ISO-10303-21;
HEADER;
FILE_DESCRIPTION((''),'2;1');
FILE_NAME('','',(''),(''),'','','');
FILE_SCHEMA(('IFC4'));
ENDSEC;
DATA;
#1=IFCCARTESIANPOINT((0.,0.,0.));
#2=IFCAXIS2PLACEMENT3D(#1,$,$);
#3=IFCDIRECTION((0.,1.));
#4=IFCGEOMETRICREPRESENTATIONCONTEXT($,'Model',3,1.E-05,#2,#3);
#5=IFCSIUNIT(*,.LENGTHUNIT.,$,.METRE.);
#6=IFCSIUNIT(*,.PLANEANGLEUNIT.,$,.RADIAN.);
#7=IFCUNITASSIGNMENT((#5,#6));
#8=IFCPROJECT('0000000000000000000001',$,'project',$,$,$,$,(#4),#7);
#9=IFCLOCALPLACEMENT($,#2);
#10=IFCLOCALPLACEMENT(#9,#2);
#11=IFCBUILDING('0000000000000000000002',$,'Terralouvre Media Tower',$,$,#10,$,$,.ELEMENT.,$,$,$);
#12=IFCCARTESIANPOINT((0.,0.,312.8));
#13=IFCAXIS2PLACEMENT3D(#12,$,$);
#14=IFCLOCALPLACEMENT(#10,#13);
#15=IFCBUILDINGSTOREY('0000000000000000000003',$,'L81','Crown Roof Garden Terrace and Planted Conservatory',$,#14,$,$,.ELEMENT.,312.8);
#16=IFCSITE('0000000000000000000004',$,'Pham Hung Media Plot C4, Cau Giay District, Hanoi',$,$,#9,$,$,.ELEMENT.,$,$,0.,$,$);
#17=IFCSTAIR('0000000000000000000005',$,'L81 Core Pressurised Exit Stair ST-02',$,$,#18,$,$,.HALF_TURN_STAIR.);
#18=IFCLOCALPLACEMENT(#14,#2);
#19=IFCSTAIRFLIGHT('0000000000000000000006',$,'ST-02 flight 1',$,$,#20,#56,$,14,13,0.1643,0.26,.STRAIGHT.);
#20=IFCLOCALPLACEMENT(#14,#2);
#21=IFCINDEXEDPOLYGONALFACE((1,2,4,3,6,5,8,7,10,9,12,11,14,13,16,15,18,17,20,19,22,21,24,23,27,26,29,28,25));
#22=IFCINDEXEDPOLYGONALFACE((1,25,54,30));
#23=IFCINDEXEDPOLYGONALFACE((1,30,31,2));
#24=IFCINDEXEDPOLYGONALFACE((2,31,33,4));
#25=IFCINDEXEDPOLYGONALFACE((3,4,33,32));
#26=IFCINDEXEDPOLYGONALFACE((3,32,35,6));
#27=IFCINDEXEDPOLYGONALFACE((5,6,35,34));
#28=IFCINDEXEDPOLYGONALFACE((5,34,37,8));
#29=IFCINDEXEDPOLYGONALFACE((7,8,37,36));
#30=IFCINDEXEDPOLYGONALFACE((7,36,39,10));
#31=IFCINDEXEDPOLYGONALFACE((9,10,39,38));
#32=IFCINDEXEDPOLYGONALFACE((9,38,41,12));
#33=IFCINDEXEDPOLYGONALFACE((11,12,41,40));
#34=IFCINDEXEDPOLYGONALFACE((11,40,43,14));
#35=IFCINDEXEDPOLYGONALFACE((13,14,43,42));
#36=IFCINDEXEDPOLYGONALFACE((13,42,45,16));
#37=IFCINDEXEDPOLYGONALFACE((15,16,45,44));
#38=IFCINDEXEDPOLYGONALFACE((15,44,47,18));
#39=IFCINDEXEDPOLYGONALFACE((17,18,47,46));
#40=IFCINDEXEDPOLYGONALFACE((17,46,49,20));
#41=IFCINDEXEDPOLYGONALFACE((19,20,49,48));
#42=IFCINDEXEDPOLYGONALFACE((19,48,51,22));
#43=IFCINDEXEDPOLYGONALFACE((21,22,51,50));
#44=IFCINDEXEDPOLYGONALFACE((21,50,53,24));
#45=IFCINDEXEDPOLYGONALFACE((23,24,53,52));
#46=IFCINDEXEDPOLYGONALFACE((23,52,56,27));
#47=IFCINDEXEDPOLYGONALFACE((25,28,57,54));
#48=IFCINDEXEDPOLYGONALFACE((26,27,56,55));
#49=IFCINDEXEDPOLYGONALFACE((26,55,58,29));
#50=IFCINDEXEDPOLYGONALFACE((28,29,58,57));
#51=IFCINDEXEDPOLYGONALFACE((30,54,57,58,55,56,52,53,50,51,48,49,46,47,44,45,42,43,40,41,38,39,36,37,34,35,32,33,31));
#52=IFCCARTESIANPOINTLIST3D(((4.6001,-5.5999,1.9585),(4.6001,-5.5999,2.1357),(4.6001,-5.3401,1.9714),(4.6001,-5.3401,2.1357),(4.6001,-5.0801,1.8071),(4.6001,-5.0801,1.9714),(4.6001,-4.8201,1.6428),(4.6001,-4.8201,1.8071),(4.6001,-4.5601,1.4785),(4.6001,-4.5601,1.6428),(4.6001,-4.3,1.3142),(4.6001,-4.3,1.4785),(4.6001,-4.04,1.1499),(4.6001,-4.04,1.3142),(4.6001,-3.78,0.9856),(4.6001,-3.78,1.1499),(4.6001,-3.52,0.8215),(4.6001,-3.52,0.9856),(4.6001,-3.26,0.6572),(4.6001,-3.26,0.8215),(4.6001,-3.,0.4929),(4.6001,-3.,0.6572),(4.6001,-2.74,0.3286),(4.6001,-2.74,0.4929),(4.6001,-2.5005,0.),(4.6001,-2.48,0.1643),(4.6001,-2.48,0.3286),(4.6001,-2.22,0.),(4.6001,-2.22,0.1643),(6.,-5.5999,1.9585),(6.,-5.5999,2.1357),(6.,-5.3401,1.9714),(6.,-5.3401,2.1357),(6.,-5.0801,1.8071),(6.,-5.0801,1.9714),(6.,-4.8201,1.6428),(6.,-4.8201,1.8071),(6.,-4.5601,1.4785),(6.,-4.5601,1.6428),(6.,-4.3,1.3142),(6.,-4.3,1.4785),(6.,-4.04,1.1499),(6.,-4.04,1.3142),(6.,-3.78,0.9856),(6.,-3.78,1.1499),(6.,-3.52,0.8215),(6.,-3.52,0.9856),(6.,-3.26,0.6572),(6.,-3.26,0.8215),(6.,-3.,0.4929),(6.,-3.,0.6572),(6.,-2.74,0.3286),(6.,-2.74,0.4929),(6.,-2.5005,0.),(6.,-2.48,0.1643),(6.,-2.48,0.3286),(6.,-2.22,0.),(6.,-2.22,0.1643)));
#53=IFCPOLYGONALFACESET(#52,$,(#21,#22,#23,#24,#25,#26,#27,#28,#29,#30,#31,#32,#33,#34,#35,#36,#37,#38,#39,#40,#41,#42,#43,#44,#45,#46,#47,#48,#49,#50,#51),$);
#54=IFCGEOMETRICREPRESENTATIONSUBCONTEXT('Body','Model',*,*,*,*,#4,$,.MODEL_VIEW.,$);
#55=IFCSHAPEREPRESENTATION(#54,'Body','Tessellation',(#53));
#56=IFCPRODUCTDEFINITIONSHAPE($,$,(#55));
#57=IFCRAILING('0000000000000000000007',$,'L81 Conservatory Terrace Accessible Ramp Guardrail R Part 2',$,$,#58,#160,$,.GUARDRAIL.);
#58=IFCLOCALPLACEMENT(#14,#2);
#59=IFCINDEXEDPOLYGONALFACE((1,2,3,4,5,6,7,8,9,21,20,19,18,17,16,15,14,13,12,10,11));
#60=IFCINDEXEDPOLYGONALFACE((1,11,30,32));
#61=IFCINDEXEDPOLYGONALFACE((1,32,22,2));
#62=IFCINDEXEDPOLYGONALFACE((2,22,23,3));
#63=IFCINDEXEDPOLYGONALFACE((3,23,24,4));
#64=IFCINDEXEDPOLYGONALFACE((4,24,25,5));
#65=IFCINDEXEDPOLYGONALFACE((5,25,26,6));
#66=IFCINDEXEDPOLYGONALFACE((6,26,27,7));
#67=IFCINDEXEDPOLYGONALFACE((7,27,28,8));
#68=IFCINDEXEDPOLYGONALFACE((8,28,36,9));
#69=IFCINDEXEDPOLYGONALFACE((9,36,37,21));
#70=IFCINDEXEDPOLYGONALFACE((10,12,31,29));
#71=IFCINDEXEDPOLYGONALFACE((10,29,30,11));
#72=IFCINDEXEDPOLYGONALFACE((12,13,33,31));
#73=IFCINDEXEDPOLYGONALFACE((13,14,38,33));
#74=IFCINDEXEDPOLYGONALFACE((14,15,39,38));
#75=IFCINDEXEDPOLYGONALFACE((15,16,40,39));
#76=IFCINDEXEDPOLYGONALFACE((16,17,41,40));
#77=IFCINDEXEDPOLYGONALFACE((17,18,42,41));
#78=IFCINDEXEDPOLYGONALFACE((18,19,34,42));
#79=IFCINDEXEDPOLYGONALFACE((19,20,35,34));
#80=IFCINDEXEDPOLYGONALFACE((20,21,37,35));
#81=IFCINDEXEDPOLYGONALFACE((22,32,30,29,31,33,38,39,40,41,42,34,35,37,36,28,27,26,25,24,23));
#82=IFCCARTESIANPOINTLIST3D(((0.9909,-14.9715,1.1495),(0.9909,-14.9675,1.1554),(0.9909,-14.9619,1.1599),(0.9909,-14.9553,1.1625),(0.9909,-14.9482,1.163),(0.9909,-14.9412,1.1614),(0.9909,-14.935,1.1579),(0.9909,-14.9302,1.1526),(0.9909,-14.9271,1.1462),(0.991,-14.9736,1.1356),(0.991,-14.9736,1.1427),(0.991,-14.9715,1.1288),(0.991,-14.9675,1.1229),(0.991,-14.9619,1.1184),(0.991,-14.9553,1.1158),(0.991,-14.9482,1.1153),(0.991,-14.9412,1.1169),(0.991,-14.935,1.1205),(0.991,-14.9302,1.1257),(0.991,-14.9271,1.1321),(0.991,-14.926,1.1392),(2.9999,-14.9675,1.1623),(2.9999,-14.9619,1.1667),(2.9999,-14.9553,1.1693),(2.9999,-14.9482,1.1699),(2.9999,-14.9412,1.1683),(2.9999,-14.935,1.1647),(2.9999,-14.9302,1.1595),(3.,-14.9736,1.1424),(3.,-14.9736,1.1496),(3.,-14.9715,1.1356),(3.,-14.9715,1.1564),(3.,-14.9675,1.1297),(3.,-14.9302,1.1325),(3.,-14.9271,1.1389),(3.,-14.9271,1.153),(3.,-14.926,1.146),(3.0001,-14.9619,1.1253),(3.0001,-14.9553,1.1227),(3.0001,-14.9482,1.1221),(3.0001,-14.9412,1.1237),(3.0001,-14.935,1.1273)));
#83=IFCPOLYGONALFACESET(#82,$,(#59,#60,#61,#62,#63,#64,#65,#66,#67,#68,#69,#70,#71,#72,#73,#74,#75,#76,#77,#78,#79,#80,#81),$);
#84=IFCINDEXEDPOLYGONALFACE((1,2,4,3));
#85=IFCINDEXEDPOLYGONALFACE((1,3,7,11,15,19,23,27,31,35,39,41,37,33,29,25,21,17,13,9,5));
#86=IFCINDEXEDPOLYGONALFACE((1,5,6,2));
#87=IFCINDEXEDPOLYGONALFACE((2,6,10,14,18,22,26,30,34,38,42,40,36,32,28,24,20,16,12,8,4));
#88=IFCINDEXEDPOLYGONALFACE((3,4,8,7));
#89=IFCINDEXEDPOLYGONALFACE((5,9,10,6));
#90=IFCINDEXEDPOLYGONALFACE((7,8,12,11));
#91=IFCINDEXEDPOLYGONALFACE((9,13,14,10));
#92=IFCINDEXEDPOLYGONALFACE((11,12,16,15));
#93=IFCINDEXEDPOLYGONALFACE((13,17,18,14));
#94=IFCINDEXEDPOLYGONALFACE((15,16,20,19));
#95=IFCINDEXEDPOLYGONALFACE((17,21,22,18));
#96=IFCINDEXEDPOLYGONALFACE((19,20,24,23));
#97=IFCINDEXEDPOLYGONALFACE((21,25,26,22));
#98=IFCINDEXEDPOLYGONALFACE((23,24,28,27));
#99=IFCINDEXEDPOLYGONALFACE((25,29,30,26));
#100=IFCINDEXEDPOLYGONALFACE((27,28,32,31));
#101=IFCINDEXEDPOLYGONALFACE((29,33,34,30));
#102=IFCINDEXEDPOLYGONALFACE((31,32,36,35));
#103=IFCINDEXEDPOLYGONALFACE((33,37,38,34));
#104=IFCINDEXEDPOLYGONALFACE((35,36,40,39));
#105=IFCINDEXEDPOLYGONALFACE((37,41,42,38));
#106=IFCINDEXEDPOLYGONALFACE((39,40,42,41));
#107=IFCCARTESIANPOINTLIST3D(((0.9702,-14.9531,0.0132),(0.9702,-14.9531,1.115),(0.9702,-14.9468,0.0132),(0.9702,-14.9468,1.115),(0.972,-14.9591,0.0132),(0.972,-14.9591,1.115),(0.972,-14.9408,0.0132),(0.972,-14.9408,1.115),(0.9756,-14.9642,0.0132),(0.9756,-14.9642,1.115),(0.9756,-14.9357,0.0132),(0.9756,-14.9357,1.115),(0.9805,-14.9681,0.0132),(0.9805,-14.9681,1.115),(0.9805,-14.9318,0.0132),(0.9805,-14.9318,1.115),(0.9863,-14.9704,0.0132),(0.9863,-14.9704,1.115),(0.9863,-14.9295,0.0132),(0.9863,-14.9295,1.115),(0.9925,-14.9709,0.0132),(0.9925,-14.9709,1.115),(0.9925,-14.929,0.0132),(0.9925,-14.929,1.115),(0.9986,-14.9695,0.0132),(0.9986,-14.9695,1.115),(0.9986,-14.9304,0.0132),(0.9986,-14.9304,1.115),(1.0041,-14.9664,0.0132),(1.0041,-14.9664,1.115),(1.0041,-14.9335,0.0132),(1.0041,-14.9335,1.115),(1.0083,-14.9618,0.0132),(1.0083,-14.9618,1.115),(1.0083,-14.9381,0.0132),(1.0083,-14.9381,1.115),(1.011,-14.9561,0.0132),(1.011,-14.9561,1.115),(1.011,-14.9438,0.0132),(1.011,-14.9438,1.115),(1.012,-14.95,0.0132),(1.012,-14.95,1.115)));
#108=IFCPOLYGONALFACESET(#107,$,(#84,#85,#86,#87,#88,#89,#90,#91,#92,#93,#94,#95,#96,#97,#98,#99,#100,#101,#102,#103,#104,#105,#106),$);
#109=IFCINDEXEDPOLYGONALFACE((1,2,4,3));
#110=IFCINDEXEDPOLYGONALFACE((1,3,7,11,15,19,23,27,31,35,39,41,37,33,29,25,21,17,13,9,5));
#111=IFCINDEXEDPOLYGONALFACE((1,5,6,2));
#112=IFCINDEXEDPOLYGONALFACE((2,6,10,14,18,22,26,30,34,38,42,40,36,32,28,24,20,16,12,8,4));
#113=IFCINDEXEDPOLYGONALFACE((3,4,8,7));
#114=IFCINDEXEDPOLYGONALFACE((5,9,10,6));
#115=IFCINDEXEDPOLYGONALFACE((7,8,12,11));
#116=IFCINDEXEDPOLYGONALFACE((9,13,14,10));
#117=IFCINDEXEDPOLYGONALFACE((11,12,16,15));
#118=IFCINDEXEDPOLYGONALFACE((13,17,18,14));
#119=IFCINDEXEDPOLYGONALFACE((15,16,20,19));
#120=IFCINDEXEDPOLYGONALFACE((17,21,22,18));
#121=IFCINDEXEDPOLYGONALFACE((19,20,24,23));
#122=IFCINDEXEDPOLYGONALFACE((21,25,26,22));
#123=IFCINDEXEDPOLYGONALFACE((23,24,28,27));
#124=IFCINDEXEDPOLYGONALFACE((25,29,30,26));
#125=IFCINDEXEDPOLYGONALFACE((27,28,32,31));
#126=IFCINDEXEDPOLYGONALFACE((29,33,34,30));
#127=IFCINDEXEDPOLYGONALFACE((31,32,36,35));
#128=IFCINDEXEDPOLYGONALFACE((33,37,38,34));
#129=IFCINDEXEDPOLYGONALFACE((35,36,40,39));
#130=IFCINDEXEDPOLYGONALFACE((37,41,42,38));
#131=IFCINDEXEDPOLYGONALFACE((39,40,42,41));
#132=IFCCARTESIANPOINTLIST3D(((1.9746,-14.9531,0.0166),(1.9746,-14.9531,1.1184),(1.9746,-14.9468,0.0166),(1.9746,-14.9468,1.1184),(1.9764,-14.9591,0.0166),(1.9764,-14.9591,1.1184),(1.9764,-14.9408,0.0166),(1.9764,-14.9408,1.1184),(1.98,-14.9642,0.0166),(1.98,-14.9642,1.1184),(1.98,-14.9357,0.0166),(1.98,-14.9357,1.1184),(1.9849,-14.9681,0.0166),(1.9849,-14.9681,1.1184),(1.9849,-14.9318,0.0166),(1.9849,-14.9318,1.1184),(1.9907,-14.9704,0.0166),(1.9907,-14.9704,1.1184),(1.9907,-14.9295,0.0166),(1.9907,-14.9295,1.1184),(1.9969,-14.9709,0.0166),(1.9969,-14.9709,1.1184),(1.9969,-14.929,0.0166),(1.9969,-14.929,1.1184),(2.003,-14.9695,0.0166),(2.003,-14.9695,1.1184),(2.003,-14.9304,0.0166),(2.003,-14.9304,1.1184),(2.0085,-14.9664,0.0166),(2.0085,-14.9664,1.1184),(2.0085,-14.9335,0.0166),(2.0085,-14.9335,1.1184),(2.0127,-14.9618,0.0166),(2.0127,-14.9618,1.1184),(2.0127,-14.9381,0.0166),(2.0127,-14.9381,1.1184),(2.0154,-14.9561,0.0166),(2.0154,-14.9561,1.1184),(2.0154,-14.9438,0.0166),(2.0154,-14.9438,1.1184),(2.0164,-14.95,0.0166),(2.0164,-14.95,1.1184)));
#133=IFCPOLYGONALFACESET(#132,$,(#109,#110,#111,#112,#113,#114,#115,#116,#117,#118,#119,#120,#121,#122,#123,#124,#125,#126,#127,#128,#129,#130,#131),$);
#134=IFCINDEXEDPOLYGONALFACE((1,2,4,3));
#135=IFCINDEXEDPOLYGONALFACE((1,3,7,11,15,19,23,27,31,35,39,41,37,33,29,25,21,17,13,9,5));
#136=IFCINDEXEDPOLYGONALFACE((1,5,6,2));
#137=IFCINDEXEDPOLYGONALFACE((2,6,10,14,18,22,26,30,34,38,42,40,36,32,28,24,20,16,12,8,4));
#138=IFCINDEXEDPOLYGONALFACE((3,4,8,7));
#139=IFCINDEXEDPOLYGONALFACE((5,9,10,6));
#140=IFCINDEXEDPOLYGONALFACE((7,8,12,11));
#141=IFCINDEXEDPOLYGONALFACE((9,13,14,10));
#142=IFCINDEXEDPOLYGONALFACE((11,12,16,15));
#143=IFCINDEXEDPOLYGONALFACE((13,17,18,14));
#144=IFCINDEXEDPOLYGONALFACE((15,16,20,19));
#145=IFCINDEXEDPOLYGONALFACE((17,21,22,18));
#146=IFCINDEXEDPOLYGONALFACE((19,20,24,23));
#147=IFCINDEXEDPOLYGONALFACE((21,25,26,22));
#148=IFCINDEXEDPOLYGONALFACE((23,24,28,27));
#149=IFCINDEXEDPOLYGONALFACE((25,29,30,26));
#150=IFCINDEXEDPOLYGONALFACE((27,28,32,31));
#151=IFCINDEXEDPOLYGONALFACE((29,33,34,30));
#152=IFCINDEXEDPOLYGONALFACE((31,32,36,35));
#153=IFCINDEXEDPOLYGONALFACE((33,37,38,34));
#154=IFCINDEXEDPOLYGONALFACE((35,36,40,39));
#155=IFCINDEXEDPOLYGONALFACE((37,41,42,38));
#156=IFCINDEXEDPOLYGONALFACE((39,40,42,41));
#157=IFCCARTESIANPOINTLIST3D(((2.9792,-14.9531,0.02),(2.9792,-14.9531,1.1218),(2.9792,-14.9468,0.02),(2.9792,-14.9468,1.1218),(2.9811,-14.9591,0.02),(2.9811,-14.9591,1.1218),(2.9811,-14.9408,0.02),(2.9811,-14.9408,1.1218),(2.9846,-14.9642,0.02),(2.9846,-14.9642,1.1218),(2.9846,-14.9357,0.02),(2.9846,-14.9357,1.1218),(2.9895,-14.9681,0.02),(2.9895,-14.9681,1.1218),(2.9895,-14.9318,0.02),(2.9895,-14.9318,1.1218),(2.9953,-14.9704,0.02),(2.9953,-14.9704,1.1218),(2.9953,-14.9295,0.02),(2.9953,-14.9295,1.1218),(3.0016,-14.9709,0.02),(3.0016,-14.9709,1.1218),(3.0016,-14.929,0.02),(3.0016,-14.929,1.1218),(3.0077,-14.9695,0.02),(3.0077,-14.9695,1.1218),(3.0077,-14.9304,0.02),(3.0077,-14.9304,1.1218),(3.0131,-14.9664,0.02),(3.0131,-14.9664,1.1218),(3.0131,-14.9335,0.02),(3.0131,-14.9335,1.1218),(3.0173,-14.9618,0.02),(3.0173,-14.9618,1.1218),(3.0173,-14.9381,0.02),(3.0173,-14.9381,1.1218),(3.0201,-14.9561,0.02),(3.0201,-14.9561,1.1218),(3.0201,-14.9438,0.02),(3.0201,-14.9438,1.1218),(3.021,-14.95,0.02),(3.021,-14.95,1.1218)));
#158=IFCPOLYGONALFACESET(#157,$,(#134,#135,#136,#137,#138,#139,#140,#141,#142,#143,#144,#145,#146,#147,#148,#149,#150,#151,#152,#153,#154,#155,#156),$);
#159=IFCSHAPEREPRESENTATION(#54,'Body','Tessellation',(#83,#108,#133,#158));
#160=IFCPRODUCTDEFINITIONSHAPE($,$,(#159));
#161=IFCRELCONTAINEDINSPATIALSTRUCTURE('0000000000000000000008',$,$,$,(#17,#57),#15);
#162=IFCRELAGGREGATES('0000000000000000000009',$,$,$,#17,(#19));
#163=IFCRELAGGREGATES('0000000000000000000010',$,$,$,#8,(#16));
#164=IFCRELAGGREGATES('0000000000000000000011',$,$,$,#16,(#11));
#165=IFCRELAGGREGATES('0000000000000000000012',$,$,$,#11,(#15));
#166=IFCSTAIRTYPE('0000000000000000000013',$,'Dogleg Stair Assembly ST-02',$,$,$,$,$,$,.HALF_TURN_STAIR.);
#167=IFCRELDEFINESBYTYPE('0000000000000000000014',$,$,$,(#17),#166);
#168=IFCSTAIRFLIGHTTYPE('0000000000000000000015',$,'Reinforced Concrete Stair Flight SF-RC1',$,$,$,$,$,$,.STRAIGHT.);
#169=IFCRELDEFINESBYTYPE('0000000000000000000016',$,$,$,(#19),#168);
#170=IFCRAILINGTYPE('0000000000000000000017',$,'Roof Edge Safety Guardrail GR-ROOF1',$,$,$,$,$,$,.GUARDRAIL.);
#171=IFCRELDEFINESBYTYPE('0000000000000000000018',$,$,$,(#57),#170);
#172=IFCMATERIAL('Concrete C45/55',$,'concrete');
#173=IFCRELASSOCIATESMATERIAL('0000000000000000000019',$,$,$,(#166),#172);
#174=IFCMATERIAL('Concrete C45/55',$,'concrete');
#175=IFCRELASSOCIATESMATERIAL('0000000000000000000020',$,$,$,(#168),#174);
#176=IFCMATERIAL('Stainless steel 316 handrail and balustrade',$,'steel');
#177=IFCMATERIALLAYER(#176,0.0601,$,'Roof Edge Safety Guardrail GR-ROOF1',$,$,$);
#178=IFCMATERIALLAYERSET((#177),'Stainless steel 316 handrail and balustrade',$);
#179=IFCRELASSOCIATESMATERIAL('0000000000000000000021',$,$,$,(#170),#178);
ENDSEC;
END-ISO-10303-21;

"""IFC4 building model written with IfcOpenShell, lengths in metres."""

from ifc_helpers import new_model, si_unit, direction, frame, origin, origin_2d, place, context, subcontext, project, spatial, polyline, circle, outline, extrude, material, layer, layer_set, type_object, element, aggregate, save


model = new_model("IFC4")

# Units and contexts
model_context = context("Model", 3, precision=1e-05, world=origin(), true_north=direction((0.0, 1.0)))
body_context = subcontext(model_context, "Body", "Model", "MODEL_VIEW")
ifc_project = project(units=[si_unit("LENGTHUNIT", "METRE"), si_unit("PLANEANGLEUNIT", "RADIAN")], contexts=[model_context])

# Site, building, storey
site_placement = place(None, origin())
site = spatial("IfcSite", under=ifc_project, at=site_placement, Name="Pham Hung Media Plot C4, Cau Giay District, Hanoi", CompositionType="ELEMENT", RefElevation=0.0)
building_placement = place(site_placement, origin())
building = spatial("IfcBuilding", under=site, at=building_placement, Name="Terralouvre Media Tower", CompositionType="ELEMENT")
storey_placement = place(building_placement, frame((0.0, 0.0, 312.8)))
storey = spatial("IfcBuildingStorey", under=building, at=storey_placement, Name="L81", Description="Crown Roof Garden Terrace and Planted Conservatory", CompositionType="ELEMENT", Elevation=312.8)

# Stair, stair flight
ifc_material_1 = material(Name="Concrete C45/55", Category="concrete")
stair_type = type_object("IfcStairType", Name="Dogleg Stair Assembly ST-02", PredefinedType="HALF_TURN_STAIR", material=ifc_material_1)
stair_placement = place(storey_placement, origin())
stair = element("IfcStair", 1, at=stair_placement, inside=storey, type_object=stair_type, Name="L81 Core Pressurised Exit Stair ST-02", PredefinedType="HALF_TURN_STAIR")
ifc_material_2 = material(Name="Concrete C45/55", Category="concrete")
stair_flight_type = type_object("IfcStairFlightType", Name="Reinforced Concrete Stair Flight SF-RC1", PredefinedType="STRAIGHT", material=ifc_material_2)
stair_flight_placement = place(storey_placement, frame((5.3, -2.22, 0.0), z_axis=(0.0, 0.0, 1.0), x_axis=(0.0, -1.0, 0.0)))
stair_flight = element("IfcStairFlight", 2, at=stair_flight_placement, type_object=stair_flight_type, Name="ST-02 flight 1", NumberOfRisers=14, NumberOfTreads=13, PredefinedType="STRAIGHT", RiserHeight=0.1643, TreadLength=0.26, context=body_context, shape_type="SweptSolid", body=[
    extrude(outline(polyline([(0.0, 0.0), (0.0, 0.1643), (0.26, 0.1643), (0.26, 0.3286), (0.52, 0.3286), (0.52, 0.4929), (0.78, 0.4929), (0.78, 0.6572), (1.04, 0.6572), (1.04, 0.8215), (1.3, 0.8215), (1.3, 0.9856), (1.5601, 0.9856), (1.5601, 1.1499), (1.8201, 1.1499), (1.8201, 1.3142), (2.0801, 1.3142), (2.0801, 1.4785), (2.3401, 1.4785), (2.3401, 1.6428), (2.6001, 1.6428), (2.6001, 1.8071), (2.8601, 1.8071), (2.8601, 1.9714), (3.1201, 1.9714), (3.1201, 2.1357), (3.3799, 2.1357), (3.3799, 2.3), (3.3799, 1.9585), (0.2805, 0.0), (0.0, 0.0)])), frame((0.0, 0.7, 0.0), z_axis=(0.0, -1.0, 0.0), x_axis=(1.0, 0.0, 0.0)), (0.0, 0.0, 1.0), 1.3999),
])
aggregate(stair, [stair_flight])

# Railing
ifc_material_3 = material(Name="Stainless steel 316 handrail and balustrade", Category="steel")
ifc_layer_1 = layer(ifc_material_3, 0.0601, Name="Roof Edge Safety Guardrail GR-ROOF1")
ifc_layer_set_1 = layer_set([ifc_layer_1], Name="Stainless steel 316 handrail and balustrade")
railing_type = type_object("IfcRailingType", Name="Roof Edge Safety Guardrail GR-ROOF1", PredefinedType="GUARDRAIL", material=ifc_layer_set_1)
railing_placement = place(storey_placement, frame((0.991, -14.95, 0.0132)))
element("IfcRailing", 3, at=railing_placement, inside=storey, type_object=railing_type, Name="L81 Conservatory Terrace Accessible Ramp Guardrail R Part 2", PredefinedType="GUARDRAIL", context=body_context, shape_type="SweptSolid", body=[
    extrude(circle(Radius=0.0239, at=origin_2d()), frame((0.0, 0.0, 1.126), z_axis=(0.999994, 0.0, 0.003403), x_axis=(0.0, 1.0, 0.0)), (0.0, 0.0, 1.0), 2.009),
    extrude(circle(Radius=0.021, at=origin_2d()), origin(), (0.0, 0.0, 1.0), 1.1018),
    extrude(circle(Radius=0.021, at=origin_2d()), frame((1.0044, 0.0, 0.0034)), (0.0, 0.0, 1.0), 1.1018),
    extrude(circle(Radius=0.021, at=origin_2d()), frame((2.009, 0.0, 0.0068)), (0.0, 0.0, 1.0), 1.1018),
])

save(model, "model.ifc")
